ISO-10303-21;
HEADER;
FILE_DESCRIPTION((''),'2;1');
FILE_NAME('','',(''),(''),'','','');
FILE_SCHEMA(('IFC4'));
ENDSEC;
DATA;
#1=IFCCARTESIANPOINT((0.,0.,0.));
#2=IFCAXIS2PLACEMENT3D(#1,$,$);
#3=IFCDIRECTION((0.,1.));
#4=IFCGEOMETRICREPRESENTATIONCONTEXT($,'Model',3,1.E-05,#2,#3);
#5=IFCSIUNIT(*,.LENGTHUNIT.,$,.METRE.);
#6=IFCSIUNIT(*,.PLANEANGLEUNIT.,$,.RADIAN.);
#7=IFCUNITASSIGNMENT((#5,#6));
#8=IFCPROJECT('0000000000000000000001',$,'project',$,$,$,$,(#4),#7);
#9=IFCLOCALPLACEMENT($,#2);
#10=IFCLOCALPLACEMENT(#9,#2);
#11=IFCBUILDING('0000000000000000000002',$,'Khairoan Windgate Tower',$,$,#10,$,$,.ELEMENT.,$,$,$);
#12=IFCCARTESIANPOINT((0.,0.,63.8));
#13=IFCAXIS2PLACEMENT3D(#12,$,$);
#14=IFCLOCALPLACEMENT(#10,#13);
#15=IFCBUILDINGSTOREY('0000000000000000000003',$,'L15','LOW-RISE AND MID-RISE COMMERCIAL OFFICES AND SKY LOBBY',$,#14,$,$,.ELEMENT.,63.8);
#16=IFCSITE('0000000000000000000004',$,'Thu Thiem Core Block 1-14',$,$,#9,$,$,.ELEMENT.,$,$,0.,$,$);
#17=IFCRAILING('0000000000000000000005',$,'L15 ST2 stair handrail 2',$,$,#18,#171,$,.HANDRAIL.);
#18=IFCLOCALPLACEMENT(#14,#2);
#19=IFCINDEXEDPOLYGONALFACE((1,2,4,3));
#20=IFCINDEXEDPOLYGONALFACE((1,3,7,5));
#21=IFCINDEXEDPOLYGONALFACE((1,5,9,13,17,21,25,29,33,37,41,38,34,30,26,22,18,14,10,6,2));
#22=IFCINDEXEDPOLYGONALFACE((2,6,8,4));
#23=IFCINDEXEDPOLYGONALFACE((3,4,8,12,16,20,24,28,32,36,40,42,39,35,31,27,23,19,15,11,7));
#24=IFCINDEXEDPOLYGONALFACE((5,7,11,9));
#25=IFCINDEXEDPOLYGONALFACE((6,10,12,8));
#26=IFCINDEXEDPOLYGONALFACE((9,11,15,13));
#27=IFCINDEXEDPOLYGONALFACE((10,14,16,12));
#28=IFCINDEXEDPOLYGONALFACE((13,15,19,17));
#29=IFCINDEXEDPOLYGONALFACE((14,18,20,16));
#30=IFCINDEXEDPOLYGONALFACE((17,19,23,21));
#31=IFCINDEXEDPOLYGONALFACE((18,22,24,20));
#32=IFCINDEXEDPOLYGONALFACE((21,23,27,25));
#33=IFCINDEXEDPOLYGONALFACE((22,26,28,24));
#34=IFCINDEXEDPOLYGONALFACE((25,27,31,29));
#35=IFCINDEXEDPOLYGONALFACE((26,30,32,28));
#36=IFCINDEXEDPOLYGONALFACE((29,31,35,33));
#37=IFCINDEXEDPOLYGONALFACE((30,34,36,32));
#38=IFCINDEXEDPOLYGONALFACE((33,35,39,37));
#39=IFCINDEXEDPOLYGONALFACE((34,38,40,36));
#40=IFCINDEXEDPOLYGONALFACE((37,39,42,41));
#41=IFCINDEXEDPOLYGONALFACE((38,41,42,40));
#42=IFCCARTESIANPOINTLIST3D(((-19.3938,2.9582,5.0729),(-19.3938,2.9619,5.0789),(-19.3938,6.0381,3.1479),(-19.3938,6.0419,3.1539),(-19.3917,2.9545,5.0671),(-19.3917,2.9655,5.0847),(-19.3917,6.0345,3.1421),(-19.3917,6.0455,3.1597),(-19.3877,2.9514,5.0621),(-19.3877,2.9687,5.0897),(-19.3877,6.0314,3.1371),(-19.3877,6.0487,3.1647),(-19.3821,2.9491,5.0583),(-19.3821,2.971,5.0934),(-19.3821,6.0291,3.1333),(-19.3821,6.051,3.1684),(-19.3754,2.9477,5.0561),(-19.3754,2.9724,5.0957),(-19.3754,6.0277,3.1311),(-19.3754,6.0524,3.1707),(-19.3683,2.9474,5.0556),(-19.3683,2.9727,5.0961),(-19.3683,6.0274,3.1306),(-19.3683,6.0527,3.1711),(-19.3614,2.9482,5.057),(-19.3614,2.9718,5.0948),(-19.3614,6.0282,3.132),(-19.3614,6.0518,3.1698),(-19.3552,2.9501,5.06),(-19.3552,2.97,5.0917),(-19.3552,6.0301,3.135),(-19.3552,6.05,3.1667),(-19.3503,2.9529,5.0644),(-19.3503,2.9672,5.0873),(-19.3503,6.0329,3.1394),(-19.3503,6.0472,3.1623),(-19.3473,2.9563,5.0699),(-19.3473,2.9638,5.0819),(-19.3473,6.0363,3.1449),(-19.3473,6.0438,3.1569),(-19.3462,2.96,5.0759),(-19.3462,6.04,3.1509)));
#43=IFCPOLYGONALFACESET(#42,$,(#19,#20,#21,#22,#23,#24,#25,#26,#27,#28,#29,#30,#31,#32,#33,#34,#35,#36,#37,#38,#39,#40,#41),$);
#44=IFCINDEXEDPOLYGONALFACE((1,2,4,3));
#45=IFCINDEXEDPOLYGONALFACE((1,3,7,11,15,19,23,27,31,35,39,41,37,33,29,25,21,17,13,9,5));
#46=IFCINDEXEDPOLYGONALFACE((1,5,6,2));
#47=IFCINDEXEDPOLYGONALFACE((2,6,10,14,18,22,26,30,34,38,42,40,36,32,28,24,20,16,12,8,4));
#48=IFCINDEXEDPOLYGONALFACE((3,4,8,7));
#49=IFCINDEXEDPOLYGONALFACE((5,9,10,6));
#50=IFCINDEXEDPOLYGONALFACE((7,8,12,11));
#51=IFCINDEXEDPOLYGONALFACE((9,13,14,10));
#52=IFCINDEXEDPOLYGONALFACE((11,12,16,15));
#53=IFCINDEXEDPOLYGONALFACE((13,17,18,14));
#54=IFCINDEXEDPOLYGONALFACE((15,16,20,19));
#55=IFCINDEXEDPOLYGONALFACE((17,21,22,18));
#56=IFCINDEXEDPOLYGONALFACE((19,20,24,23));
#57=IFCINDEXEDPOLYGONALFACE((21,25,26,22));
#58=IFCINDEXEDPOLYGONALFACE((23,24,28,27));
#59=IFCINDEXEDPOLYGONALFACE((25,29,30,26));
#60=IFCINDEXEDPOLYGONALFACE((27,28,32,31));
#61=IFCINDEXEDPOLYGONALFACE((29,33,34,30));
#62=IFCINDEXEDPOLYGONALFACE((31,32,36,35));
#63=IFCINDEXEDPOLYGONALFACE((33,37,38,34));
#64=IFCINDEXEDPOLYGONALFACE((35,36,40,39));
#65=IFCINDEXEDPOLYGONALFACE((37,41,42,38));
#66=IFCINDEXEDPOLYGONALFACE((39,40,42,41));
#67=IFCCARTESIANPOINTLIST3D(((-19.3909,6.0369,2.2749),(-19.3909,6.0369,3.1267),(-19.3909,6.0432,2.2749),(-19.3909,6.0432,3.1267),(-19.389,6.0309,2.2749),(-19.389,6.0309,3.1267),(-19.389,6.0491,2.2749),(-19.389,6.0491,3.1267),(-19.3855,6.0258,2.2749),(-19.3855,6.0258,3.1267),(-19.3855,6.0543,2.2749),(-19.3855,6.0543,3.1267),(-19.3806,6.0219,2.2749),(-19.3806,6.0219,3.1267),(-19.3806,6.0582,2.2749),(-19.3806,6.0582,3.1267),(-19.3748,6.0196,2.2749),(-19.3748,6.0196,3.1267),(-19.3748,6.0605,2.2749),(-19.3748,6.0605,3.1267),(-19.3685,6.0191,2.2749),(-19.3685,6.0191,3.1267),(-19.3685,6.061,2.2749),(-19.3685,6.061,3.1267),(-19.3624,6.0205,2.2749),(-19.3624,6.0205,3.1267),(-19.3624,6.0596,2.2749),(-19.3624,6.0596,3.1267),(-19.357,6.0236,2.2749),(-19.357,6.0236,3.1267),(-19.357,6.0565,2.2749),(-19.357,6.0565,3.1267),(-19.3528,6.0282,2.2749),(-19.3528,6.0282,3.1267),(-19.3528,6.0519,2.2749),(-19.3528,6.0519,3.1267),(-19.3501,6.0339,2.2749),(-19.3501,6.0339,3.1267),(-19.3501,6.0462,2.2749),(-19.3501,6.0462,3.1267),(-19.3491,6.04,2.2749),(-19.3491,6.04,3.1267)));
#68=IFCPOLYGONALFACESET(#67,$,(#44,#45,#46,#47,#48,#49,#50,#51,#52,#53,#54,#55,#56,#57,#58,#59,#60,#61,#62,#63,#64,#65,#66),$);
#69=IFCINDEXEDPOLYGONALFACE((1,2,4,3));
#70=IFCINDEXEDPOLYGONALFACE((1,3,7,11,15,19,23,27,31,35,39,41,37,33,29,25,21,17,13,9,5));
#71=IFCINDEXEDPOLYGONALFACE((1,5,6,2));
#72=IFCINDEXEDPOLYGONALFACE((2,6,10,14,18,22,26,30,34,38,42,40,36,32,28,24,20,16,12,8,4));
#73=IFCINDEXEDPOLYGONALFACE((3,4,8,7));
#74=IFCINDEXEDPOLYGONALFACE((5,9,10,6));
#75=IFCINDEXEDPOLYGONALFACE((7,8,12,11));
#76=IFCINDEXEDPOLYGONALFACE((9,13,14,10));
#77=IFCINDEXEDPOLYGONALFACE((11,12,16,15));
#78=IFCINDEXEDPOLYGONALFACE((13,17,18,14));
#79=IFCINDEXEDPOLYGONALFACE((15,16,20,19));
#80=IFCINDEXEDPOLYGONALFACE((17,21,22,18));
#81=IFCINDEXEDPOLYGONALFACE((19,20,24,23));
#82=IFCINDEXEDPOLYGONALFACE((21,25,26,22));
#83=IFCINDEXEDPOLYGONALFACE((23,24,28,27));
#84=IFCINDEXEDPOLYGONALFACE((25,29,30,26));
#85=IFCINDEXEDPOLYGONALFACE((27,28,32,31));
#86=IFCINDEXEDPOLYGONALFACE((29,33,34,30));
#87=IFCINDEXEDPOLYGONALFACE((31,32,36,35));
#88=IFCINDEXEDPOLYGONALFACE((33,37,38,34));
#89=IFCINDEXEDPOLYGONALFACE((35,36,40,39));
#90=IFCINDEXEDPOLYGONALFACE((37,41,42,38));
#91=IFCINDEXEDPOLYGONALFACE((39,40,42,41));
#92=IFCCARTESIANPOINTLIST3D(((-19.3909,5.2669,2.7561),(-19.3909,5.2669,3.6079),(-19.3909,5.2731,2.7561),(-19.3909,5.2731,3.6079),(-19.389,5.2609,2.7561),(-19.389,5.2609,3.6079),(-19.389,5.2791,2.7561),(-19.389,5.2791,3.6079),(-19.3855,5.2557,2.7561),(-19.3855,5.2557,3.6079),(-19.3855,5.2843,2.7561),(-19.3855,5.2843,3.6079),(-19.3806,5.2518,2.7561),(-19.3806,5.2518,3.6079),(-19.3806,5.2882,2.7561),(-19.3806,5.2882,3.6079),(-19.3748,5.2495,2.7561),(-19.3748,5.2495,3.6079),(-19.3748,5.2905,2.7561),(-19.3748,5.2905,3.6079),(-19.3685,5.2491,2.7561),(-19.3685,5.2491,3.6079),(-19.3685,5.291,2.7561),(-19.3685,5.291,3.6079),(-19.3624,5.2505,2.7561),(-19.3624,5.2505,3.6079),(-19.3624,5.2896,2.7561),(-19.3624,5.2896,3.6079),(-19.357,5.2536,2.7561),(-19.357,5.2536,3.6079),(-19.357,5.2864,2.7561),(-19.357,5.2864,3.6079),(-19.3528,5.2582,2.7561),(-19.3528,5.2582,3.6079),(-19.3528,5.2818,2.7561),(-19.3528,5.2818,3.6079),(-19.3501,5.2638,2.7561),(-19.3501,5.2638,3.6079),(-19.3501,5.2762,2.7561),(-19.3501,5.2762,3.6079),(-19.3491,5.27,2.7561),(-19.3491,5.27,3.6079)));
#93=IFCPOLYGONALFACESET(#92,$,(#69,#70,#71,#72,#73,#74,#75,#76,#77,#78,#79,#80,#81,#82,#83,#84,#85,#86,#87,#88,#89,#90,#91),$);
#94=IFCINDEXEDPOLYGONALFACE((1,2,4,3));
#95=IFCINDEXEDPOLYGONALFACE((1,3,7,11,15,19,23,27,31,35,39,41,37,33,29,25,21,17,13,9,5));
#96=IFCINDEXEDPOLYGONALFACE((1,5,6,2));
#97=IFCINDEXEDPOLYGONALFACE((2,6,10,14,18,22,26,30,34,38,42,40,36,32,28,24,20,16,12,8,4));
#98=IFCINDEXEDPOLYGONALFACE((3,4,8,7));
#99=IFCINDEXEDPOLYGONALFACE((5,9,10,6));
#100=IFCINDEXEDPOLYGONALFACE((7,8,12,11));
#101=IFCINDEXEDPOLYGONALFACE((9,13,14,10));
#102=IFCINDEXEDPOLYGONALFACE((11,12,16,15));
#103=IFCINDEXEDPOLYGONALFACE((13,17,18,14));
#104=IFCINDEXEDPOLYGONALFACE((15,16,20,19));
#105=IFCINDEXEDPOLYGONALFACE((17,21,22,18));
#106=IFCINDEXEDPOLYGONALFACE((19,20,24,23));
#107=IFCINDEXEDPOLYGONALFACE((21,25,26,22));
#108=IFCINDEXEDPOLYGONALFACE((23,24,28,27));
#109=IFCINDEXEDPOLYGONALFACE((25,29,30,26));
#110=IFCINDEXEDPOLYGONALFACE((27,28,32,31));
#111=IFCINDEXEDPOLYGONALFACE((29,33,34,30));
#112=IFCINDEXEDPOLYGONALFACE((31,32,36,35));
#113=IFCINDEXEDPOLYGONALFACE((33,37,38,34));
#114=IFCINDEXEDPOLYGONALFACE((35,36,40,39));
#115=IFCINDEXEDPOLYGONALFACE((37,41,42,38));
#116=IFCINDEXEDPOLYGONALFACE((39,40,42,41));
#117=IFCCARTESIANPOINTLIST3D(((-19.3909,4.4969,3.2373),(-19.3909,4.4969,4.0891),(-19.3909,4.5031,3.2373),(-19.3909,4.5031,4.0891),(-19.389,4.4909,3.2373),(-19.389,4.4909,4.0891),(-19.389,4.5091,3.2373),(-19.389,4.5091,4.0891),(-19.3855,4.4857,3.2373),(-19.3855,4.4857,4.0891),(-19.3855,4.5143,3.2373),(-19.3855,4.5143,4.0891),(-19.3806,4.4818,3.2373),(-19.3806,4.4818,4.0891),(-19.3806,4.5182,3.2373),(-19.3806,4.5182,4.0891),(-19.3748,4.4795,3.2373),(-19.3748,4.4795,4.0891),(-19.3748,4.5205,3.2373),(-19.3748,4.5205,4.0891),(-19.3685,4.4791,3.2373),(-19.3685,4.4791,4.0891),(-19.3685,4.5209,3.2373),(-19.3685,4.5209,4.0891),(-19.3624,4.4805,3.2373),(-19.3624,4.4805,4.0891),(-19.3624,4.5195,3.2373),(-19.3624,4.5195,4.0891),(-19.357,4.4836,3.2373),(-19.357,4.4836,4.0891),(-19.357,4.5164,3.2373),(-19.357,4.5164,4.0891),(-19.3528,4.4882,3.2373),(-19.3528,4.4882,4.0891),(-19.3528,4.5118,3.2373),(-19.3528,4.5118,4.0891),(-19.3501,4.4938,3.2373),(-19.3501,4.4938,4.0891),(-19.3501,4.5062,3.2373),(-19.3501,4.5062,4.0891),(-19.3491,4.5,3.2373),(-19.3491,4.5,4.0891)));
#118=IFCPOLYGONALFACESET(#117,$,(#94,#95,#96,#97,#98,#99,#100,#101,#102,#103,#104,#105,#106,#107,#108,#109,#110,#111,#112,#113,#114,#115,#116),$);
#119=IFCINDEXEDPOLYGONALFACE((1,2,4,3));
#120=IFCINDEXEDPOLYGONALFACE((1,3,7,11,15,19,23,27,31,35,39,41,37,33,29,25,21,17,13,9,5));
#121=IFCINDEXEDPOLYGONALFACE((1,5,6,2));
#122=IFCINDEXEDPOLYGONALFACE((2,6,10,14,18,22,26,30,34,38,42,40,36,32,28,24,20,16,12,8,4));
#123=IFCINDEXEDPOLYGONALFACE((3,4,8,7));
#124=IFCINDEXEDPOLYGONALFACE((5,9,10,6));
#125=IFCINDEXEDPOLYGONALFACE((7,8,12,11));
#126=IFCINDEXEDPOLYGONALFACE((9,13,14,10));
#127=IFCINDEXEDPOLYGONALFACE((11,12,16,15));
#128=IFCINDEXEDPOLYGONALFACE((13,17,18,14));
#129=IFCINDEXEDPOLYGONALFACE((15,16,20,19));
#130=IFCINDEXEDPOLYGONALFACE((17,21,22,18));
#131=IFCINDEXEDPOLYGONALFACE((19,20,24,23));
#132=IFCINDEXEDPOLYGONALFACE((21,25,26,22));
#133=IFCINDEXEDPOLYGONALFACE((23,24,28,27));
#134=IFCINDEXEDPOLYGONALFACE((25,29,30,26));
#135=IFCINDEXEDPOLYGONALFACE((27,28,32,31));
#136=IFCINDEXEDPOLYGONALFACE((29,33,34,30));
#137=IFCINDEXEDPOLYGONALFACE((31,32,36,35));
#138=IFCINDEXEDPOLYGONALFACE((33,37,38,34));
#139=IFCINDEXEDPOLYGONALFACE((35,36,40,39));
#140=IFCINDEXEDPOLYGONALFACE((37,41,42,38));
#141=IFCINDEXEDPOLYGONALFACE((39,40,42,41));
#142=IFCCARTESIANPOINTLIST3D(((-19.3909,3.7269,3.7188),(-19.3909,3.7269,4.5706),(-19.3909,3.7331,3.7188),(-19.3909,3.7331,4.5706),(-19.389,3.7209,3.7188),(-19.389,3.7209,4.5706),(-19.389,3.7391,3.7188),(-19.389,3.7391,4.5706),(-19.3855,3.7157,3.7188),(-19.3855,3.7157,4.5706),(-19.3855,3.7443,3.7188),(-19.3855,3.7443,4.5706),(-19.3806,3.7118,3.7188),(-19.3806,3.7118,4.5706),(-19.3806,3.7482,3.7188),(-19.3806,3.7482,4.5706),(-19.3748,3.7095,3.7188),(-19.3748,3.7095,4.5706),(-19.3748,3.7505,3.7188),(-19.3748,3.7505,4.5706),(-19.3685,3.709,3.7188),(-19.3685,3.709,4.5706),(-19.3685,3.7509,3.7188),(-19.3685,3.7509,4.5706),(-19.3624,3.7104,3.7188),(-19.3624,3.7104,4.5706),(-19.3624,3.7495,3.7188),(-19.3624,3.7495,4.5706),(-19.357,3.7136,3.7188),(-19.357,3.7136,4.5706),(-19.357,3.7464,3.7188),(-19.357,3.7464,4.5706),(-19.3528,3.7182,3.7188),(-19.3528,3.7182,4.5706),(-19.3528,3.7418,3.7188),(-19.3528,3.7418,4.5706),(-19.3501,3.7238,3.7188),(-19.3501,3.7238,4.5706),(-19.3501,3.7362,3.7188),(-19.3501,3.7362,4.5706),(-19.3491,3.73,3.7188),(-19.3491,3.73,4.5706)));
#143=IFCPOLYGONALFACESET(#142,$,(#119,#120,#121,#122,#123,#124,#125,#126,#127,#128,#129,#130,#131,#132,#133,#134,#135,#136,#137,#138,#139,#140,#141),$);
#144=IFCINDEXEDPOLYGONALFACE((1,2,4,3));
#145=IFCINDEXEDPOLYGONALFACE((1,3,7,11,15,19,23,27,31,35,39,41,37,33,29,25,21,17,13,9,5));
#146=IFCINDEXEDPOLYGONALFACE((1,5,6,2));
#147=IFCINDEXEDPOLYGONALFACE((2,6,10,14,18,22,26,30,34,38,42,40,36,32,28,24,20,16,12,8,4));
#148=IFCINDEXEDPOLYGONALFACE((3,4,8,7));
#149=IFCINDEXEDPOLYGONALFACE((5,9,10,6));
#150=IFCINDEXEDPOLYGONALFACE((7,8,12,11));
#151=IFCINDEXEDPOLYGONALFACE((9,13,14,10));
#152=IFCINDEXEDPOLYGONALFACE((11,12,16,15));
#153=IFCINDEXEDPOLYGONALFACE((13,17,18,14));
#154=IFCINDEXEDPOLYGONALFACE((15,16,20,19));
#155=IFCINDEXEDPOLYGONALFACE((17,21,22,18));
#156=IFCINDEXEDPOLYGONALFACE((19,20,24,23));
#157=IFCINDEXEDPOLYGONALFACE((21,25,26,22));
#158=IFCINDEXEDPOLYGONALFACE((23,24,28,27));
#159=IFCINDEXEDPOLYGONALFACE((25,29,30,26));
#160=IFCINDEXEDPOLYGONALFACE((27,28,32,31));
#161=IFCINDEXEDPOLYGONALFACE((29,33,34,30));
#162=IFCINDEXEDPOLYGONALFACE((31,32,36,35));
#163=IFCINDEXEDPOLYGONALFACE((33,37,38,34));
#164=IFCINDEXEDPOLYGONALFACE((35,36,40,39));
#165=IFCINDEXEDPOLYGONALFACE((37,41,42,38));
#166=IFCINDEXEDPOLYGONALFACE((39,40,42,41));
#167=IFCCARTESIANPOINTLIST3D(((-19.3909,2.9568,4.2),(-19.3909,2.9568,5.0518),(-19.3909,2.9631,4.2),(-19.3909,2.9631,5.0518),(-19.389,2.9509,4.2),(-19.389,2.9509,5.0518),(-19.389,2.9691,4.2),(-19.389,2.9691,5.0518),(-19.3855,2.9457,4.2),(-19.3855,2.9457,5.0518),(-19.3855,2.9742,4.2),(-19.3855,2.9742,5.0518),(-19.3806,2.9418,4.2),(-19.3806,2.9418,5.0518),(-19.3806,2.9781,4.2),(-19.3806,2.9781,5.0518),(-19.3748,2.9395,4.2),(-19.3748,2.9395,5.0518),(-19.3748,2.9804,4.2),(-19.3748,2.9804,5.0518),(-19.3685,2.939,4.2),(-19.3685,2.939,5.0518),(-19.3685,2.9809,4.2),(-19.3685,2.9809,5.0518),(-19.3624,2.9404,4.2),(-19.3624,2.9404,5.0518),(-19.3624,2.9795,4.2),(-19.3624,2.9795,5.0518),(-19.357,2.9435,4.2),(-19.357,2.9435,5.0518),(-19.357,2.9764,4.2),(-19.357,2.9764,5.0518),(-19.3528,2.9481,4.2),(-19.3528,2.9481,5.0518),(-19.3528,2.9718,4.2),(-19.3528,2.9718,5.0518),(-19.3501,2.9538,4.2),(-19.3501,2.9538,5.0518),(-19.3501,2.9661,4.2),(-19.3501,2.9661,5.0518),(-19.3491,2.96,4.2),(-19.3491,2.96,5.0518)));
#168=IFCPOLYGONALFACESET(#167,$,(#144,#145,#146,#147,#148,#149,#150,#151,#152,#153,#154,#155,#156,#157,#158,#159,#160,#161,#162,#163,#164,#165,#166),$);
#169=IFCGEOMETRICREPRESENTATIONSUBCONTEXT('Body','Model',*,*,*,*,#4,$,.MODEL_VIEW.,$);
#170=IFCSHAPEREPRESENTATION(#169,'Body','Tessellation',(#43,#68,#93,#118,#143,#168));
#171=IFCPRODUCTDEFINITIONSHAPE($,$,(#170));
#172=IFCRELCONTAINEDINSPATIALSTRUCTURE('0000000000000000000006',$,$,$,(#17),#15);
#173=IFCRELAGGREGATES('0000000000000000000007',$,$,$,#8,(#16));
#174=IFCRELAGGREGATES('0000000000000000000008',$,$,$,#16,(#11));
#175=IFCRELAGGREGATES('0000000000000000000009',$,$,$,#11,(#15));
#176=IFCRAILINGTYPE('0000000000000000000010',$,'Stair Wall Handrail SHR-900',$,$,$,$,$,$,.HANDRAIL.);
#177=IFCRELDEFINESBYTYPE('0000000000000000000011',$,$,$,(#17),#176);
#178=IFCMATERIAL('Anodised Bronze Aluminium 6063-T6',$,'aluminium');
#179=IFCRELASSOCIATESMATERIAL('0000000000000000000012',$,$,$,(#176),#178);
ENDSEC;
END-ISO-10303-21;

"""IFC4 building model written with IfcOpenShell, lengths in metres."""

from ifc_helpers import new_model, si_unit, direction, frame, origin, origin_2d, place, context, subcontext, project, spatial, circle, extrude, material, type_object, element, save


model = new_model("IFC4")

# Units and contexts
model_context = context("Model", 3, precision=1e-05, world=origin(), true_north=direction((0.0, 1.0)))
body_context = subcontext(model_context, "Body", "Model", "MODEL_VIEW")
ifc_project = project(units=[si_unit("LENGTHUNIT", "METRE"), si_unit("PLANEANGLEUNIT", "RADIAN")], contexts=[model_context])

# Site, building, storey
site_placement = place(None, origin())
site = spatial("IfcSite", under=ifc_project, at=site_placement, Name="Thu Thiem Core Block 1-14", CompositionType="ELEMENT", RefElevation=0.0)
building_placement = place(site_placement, origin())
building = spatial("IfcBuilding", under=site, at=building_placement, Name="Khairoan Windgate Tower", CompositionType="ELEMENT")
storey_placement = place(building_placement, frame((0.0, 0.0, 63.8)))
storey = spatial("IfcBuildingStorey", under=building, at=storey_placement, Name="L15", Description="LOW-RISE AND MID-RISE COMMERCIAL OFFICES AND SKY LOBBY", CompositionType="ELEMENT", Elevation=63.8)

# Railing
ifc_material_1 = material(Name="Anodised Bronze Aluminium 6063-T6", Category="aluminium")
railing_type_1 = type_object("IfcRailingType", Name="Stair Wall Handrail SHR-900", PredefinedType="HANDRAIL", material=ifc_material_1)
railing_1_placement = place(storey_placement, frame((-19.3701, 6.04, 2.2749)))
element("IfcRailing", 1, at=railing_1_placement, inside=storey, type_object=railing_type_1, Name="L15 ST2 stair handrail 2", PredefinedType="HANDRAIL", context=body_context, shape_type="SweptSolid", body=[
    extrude(circle(Radius=0.0239, at=origin_2d()), frame((0.0, 0.0, 0.876), z_axis=(0.0, -0.847998, 0.529999), x_axis=(1.0, 0.0, 0.0)), (0.0, 0.0, 1.0), 3.6321),
    extrude(circle(Radius=0.021, at=origin_2d()), origin(), (0.0, 0.0, 1.0), 0.8518),
    extrude(circle(Radius=0.021, at=origin_2d()), frame((0.0, -0.77, 0.4812)), (0.0, 0.0, 1.0), 0.8518),
    extrude(circle(Radius=0.021, at=origin_2d()), frame((0.0, -1.54, 0.9624)), (0.0, 0.0, 1.0), 0.8518),
    extrude(circle(Radius=0.021, at=origin_2d()), frame((0.0, -2.3101, 1.4438)), (0.0, 0.0, 1.0), 0.8518),
    extrude(circle(Radius=0.021, at=origin_2d()), frame((0.0, -3.0801, 1.925)), (0.0, 0.0, 1.0), 0.8518),
])

save(model, "model.ifc")
